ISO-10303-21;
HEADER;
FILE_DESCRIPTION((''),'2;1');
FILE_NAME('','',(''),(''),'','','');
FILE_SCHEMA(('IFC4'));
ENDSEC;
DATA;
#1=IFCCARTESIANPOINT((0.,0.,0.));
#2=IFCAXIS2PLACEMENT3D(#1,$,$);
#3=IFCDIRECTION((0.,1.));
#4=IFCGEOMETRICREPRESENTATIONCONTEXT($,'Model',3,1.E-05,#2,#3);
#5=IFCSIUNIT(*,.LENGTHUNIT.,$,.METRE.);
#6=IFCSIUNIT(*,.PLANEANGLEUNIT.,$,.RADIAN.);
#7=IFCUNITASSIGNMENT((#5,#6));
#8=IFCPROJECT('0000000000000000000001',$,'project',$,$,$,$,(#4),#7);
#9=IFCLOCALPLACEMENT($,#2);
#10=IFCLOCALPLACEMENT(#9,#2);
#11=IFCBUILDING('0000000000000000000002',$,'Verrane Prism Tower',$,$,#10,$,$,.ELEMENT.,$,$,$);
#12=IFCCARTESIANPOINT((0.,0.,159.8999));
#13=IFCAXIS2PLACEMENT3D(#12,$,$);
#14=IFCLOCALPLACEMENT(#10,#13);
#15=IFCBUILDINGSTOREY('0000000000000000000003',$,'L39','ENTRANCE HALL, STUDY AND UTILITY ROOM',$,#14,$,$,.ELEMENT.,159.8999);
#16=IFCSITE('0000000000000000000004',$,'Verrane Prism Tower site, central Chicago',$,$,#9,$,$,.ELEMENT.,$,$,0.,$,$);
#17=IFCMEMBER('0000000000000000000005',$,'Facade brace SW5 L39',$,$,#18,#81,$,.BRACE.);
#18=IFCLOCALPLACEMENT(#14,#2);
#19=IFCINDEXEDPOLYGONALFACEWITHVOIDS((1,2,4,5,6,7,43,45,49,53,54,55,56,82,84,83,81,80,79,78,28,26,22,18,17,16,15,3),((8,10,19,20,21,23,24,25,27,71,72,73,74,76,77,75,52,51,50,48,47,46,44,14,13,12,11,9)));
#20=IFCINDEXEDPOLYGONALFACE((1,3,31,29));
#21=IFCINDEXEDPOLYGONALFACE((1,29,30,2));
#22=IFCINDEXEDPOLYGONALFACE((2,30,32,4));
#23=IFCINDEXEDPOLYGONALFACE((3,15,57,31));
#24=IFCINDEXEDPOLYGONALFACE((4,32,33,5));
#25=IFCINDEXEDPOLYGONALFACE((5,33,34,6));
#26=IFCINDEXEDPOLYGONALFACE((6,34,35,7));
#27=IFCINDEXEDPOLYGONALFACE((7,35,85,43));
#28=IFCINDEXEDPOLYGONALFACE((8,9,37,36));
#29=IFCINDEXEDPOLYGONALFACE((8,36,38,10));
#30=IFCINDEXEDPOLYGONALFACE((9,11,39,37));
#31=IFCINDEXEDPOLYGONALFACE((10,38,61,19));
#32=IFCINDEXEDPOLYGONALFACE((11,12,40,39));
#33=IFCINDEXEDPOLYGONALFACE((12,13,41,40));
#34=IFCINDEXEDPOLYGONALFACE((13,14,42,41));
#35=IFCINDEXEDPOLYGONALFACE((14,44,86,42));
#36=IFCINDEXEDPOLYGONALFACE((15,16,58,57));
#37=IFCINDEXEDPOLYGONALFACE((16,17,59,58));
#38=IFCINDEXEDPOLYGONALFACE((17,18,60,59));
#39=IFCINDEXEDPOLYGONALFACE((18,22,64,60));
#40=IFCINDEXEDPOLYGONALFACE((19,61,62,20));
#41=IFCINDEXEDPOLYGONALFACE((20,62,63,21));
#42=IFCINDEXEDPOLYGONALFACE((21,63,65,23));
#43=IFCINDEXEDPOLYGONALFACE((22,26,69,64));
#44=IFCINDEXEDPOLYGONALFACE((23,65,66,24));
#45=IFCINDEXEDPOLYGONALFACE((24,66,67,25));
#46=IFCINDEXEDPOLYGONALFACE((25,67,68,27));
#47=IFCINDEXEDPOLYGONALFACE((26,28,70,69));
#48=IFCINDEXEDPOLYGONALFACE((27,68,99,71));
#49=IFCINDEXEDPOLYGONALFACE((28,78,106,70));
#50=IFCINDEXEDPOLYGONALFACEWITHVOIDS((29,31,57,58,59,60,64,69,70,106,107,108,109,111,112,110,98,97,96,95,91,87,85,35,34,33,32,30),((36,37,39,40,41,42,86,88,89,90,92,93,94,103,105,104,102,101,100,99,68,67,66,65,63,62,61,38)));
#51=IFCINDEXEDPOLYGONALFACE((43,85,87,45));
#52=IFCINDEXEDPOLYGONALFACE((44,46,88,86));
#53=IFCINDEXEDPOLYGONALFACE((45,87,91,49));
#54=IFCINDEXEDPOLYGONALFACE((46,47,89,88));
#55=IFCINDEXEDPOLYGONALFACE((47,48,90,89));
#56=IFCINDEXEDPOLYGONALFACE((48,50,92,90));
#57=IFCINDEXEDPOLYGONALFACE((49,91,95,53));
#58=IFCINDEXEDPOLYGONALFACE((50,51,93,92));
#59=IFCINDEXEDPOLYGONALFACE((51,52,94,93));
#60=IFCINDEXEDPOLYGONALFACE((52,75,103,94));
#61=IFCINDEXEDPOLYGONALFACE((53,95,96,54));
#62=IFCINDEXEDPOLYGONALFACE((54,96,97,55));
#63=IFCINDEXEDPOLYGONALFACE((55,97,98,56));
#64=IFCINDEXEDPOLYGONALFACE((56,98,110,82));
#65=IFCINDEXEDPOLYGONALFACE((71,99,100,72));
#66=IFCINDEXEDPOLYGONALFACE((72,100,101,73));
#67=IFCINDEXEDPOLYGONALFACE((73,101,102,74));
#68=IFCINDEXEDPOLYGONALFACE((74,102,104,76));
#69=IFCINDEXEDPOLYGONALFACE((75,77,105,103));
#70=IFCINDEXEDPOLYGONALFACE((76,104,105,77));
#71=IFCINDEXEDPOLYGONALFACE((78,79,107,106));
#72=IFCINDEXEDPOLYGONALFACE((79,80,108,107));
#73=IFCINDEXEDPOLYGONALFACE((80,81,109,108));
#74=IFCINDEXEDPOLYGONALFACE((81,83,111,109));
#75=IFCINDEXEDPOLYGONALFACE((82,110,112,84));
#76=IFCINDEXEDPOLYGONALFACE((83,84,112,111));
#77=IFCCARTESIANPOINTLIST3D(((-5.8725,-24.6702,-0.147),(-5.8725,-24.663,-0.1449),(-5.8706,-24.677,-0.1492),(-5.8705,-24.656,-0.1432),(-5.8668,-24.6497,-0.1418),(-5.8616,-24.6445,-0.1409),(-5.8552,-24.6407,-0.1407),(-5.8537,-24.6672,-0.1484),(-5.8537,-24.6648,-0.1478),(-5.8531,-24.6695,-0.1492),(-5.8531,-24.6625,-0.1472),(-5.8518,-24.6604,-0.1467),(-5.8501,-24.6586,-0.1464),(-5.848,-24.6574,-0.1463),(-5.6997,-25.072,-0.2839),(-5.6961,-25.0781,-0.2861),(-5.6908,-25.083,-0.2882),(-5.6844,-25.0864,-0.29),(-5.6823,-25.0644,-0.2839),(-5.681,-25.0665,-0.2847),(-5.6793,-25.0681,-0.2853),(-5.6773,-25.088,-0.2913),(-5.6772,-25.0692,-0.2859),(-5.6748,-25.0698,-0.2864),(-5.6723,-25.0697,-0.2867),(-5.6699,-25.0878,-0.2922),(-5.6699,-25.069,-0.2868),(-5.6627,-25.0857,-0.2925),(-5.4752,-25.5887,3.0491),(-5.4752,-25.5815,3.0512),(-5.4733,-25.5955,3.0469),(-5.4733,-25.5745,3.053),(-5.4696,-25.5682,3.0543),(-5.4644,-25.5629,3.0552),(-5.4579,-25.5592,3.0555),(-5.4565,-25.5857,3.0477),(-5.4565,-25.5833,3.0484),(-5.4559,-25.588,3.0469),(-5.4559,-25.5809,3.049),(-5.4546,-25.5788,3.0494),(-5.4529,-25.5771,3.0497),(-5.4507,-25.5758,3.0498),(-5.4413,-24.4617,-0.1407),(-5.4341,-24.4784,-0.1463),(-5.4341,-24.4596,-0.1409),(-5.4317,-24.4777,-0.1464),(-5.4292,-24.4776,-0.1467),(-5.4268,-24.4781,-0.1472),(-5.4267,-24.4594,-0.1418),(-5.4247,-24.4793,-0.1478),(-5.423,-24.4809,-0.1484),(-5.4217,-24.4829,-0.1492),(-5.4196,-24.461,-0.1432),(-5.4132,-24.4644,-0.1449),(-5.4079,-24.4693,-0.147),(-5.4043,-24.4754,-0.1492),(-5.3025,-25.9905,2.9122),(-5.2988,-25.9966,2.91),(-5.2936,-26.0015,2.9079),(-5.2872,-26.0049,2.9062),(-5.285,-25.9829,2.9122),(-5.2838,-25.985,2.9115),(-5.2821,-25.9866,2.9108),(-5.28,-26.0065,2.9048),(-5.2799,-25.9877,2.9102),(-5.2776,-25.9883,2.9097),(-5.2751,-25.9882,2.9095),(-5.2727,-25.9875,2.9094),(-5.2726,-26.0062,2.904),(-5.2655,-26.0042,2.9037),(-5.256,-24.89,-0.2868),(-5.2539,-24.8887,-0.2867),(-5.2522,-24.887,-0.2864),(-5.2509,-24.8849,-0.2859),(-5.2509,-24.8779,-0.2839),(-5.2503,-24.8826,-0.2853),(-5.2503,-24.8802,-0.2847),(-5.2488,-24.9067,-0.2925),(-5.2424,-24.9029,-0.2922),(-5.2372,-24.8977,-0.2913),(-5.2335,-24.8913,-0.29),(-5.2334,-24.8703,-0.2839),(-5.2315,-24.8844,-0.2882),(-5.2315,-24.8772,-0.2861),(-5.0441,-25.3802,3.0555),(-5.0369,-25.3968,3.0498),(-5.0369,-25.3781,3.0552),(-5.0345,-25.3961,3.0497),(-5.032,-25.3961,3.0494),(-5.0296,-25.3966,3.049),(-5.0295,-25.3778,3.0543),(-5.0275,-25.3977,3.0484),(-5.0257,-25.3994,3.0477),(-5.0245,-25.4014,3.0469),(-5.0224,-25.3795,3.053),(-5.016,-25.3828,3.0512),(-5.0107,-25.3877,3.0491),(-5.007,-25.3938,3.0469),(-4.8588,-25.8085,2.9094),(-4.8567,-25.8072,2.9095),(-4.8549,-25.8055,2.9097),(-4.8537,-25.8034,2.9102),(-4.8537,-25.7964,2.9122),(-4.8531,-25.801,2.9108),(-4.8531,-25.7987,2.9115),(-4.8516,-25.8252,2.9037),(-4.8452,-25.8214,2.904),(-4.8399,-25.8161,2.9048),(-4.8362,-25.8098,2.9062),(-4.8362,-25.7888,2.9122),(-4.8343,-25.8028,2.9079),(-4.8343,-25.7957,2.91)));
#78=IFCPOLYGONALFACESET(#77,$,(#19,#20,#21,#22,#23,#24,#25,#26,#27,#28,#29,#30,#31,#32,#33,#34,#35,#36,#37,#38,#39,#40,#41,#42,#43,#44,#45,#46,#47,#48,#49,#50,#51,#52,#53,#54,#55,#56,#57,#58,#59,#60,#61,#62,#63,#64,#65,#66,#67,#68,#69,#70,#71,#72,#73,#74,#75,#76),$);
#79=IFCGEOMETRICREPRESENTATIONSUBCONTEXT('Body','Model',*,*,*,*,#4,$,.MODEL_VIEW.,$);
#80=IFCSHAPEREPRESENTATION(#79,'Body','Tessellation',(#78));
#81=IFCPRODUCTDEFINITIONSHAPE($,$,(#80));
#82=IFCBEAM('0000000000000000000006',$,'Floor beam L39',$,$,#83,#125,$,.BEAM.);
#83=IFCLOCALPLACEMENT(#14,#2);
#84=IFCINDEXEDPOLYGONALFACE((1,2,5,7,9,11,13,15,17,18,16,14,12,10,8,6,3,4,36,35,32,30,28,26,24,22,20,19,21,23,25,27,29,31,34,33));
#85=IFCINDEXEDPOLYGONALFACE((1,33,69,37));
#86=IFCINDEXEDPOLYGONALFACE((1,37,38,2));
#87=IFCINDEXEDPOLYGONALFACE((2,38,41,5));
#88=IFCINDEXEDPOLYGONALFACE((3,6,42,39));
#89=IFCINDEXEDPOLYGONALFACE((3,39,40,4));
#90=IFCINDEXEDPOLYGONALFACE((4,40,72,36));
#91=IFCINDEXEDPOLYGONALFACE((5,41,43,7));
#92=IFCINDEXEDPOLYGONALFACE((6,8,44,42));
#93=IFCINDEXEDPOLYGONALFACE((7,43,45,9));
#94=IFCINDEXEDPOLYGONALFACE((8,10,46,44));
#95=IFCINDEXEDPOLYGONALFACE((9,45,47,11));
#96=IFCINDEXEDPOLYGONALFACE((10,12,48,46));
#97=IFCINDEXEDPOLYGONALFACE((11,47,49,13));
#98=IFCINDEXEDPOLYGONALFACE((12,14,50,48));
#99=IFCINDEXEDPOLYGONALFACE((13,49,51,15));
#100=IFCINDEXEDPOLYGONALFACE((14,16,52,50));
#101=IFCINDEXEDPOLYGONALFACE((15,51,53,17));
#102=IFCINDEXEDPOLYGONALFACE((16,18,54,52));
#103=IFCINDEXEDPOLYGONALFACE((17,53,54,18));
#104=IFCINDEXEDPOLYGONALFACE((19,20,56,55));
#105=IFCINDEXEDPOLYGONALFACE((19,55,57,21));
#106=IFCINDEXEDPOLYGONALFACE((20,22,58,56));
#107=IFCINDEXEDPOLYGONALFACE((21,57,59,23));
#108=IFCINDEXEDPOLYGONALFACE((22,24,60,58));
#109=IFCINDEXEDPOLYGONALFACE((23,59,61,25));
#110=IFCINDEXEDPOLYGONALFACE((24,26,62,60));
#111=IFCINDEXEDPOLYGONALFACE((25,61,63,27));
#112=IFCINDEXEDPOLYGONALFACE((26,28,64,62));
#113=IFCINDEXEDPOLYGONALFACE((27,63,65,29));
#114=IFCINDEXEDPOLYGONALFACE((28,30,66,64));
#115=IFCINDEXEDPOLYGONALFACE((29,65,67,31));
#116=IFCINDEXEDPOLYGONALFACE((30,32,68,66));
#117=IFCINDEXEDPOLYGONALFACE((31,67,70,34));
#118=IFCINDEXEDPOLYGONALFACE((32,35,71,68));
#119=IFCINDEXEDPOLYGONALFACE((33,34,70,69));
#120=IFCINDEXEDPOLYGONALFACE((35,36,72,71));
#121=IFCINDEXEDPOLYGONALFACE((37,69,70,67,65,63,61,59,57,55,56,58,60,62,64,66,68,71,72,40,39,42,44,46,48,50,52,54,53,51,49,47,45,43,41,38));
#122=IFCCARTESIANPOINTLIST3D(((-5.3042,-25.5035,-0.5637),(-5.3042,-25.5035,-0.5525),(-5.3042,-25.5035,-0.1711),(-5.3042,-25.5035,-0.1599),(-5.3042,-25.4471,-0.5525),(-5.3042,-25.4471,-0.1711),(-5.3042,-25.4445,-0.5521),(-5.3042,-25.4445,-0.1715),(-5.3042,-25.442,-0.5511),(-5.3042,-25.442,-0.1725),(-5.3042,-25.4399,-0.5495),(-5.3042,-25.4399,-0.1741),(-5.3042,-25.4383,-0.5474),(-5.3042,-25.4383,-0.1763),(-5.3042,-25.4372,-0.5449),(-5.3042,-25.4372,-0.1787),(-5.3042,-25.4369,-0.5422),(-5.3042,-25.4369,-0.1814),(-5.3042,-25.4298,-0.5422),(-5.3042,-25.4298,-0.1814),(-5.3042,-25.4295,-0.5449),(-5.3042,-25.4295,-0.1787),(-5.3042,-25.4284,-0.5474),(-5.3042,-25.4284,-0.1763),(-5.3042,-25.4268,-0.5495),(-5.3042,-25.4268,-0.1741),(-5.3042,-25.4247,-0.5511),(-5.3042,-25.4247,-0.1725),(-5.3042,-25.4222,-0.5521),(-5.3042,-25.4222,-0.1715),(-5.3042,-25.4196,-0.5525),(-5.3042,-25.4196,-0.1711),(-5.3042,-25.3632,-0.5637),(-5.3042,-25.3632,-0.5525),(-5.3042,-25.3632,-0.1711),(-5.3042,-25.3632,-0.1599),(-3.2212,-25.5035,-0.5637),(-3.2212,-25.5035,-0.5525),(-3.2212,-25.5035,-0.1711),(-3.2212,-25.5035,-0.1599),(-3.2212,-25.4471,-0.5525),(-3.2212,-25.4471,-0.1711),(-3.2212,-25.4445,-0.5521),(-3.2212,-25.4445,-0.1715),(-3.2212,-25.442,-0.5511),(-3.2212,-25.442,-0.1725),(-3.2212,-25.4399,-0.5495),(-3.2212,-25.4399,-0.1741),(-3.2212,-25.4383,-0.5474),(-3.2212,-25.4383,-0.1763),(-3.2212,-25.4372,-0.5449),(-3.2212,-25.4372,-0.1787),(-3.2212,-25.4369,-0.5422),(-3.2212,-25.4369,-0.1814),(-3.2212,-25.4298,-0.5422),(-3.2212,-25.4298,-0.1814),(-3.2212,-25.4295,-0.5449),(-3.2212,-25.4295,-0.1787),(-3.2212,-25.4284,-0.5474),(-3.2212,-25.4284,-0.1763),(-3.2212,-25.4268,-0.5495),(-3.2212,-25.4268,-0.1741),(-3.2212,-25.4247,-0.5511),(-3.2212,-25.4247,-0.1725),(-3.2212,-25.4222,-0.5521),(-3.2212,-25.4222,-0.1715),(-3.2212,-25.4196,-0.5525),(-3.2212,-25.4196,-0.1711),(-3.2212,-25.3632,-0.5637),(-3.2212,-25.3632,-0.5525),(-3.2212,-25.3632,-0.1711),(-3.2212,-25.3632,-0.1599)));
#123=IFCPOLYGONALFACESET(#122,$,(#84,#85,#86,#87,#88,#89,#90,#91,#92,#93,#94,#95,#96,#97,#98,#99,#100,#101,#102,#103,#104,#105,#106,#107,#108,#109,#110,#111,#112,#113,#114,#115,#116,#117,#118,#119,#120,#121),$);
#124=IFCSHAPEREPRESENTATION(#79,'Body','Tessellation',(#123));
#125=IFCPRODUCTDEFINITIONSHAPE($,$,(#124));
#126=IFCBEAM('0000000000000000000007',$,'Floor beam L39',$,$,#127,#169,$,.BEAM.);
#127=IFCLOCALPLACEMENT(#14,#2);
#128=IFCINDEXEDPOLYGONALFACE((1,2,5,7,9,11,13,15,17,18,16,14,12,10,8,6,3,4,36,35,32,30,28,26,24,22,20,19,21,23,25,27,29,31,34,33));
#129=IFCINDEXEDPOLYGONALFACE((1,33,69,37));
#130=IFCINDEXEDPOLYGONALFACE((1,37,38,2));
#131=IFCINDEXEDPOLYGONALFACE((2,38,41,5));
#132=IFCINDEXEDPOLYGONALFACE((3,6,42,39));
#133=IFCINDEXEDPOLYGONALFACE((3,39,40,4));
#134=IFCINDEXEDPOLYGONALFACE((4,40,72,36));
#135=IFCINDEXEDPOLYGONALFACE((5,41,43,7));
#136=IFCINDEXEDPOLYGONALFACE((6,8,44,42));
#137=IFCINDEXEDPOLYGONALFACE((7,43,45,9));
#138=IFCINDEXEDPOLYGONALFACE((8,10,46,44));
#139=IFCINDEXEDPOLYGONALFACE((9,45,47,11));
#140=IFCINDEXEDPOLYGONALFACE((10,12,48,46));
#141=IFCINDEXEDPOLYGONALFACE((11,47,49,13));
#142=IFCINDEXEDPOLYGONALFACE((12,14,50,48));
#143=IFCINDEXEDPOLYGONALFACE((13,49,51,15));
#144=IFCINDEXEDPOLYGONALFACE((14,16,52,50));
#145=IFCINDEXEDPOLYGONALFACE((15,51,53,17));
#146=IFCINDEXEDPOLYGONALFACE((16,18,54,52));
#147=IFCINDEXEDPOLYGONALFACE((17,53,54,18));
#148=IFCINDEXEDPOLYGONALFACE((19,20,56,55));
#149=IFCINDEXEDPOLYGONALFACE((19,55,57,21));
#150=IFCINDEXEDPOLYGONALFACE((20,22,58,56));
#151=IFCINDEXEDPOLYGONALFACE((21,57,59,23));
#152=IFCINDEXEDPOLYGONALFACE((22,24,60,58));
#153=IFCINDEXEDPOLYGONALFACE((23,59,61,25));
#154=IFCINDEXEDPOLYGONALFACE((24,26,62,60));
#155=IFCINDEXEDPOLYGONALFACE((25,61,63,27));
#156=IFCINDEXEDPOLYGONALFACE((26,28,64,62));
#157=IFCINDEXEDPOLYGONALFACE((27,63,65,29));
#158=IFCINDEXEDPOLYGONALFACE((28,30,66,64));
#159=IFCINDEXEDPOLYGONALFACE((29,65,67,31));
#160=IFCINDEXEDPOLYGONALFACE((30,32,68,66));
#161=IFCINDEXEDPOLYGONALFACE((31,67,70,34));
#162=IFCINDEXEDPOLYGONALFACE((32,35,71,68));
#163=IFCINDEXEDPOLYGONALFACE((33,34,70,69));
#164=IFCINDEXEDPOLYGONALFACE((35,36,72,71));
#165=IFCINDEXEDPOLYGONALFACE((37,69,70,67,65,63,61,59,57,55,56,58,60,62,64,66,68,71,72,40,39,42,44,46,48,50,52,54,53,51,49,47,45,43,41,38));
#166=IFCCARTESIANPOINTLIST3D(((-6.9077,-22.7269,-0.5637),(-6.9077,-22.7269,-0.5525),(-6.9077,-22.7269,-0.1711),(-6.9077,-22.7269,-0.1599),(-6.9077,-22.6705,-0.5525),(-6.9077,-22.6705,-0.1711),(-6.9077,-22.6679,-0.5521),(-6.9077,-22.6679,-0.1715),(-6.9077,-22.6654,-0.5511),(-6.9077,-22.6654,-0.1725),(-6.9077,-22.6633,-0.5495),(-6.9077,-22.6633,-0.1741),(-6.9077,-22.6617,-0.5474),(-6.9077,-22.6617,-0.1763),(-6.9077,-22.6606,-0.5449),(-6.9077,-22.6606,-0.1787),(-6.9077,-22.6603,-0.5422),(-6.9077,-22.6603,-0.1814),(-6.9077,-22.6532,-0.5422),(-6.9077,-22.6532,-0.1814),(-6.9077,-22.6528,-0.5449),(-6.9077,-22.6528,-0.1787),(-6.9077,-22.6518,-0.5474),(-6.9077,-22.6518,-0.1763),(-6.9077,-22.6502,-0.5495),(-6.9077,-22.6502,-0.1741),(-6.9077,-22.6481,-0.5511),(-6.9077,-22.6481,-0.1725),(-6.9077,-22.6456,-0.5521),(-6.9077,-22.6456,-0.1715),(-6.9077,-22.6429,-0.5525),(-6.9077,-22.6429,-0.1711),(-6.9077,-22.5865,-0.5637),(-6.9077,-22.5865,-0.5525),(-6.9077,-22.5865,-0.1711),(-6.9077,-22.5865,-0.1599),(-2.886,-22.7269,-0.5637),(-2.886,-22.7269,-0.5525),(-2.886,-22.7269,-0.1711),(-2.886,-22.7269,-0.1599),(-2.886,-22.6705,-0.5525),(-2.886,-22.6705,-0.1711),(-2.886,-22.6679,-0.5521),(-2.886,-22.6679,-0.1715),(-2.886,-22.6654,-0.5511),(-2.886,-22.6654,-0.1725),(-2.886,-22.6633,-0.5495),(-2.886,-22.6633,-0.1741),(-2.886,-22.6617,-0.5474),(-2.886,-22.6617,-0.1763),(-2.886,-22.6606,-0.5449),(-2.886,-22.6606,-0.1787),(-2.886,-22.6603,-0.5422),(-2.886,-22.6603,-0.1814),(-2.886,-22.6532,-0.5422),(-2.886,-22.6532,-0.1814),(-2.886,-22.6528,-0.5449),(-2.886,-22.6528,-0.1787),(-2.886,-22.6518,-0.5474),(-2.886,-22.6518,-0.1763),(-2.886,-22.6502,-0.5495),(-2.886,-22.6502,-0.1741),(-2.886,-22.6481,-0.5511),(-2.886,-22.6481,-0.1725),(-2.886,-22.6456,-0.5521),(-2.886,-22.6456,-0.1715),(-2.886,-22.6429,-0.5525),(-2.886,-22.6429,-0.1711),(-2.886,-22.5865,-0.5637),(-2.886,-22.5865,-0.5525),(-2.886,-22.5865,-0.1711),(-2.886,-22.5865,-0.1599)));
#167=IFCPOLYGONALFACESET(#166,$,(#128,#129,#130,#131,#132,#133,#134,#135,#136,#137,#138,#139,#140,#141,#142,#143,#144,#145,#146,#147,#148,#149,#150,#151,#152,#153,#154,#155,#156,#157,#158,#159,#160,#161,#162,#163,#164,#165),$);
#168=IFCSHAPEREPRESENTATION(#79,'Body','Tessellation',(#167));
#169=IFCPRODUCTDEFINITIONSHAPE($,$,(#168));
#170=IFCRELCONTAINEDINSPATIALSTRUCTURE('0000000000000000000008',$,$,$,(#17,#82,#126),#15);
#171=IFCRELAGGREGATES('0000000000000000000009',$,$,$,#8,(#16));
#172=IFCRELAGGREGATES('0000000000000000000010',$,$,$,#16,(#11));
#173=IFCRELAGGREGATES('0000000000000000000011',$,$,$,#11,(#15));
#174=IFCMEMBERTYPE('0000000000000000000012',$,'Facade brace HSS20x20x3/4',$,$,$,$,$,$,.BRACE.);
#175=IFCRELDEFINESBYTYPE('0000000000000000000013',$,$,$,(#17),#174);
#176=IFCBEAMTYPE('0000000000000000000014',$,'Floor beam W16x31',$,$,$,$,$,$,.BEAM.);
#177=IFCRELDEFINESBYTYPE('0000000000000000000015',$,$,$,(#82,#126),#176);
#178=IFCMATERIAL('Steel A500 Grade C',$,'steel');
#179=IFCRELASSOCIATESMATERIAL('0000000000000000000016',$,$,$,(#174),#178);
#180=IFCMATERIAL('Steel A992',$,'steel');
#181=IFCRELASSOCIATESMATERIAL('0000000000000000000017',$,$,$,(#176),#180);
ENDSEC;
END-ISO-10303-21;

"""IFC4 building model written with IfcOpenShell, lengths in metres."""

from ifc_helpers import new_model, si_unit, direction, frame, origin, origin_2d, place, context, subcontext, project, spatial, hollow_rectangle, i_section, extrude, material, material_profile, profile_set, type_object, element, save


model = new_model("IFC4")

# Units and contexts
model_context = context("Model", 3, precision=1e-05, world=origin(), true_north=direction((0.0, 1.0)))
body_context = subcontext(model_context, "Body", "Model", "MODEL_VIEW")
ifc_project = project(units=[si_unit("LENGTHUNIT", "METRE"), si_unit("PLANEANGLEUNIT", "RADIAN")], contexts=[model_context])

# Site, building, storey
site_placement = place(None, origin())
site = spatial("IfcSite", under=ifc_project, at=site_placement, Name="Verrane Prism Tower site, central Chicago", CompositionType="ELEMENT", RefElevation=0.0)
building_placement = place(site_placement, origin())
building = spatial("IfcBuilding", under=site, at=building_placement, Name="Verrane Prism Tower", CompositionType="ELEMENT")
storey_placement = place(building_placement, frame((0.0, 0.0, 159.8999)))
storey = spatial("IfcBuildingStorey", under=building, at=storey_placement, Name="L39", Description="ENTRANCE HALL, STUDY AND UTILITY ROOM", CompositionType="ELEMENT", Elevation=159.8999)

# Member
ifc_material_1 = material(Name="Steel A500 Grade C", Category="steel")
ifc_material_profile_1 = material_profile(ifc_material_1, hollow_rectangle(XDim=0.5081, YDim=0.5081, WallThickness=0.019, InnerFilletRadius=0.0095, OuterFilletRadius=0.0286, at=origin_2d()), Name="HSS20x20x3/4")
ifc_profile_set_1 = profile_set([ifc_material_profile_1], Name="Steel A500 Grade C")
member_type_1 = type_object("IfcMemberType", Name="Facade brace HSS20x20x3/4", PredefinedType="BRACE", material=ifc_profile_set_1)
member_1_placement = place(storey_placement, frame((-5.552, -24.7737, -0.2166), z_axis=(0.118606, -0.274245, 0.954318), x_axis=(0.91784, 0.39695, 0.0)))
element("IfcMember", 1, at=member_1_placement, inside=storey, type_object=member_type_1, Name="Facade brace SW5 L39", PredefinedType="BRACE", context=body_context, shape_type="SweptSolid", body=[
    extrude(hollow_rectangle(XDim=0.5081, YDim=0.5081, WallThickness=0.019, InnerFilletRadius=0.0095, OuterFilletRadius=0.0286, at=origin_2d()), origin(), (0.0, 0.0, 1.0), 3.3491),
])

# Beams
ifc_material_2 = material(Name="Steel A992", Category="steel")
ifc_material_profile_2 = material_profile(ifc_material_2, i_section(OverallWidth=0.1404, OverallDepth=0.4038, WebThickness=0.0071, FlangeThickness=0.0112, FilletRadius=0.0103, at=origin_2d()), Name="W16x31")
ifc_profile_set_2 = profile_set([ifc_material_profile_2], Name="Steel A992")
beam_type_1 = type_object("IfcBeamType", Name="Floor beam W16x31", PredefinedType="BEAM", material=ifc_profile_set_2)
beam_1_placement = place(storey_placement, frame((-5.3042, -25.4333, -0.3618), z_axis=(1.0, 0.0, 0.0), x_axis=(0.0, 1.0, 0.0)))
element("IfcBeam", 2, at=beam_1_placement, inside=storey, type_object=beam_type_1, Name="Floor beam L39", PredefinedType="BEAM", context=body_context, shape_type="SweptSolid", body=[
    extrude(i_section(OverallWidth=0.1404, OverallDepth=0.4038, WebThickness=0.0071, FlangeThickness=0.0112, FilletRadius=0.0103, at=origin_2d()), origin(), (0.0, 0.0, 1.0), 2.083),
])
beam_2_placement = place(storey_placement, frame((-6.9077, -22.6567, -0.3618), z_axis=(1.0, 0.0, 0.0), x_axis=(0.0, 1.0, 0.0)))
element("IfcBeam", 3, at=beam_2_placement, inside=storey, type_object=beam_type_1, Name="Floor beam L39", PredefinedType="BEAM", context=body_context, shape_type="SweptSolid", body=[
    extrude(i_section(OverallWidth=0.1404, OverallDepth=0.4038, WebThickness=0.0071, FlangeThickness=0.0112, FilletRadius=0.0103, at=origin_2d()), origin(), (0.0, 0.0, 1.0), 4.0217),
])

save(model, "model.ifc")
